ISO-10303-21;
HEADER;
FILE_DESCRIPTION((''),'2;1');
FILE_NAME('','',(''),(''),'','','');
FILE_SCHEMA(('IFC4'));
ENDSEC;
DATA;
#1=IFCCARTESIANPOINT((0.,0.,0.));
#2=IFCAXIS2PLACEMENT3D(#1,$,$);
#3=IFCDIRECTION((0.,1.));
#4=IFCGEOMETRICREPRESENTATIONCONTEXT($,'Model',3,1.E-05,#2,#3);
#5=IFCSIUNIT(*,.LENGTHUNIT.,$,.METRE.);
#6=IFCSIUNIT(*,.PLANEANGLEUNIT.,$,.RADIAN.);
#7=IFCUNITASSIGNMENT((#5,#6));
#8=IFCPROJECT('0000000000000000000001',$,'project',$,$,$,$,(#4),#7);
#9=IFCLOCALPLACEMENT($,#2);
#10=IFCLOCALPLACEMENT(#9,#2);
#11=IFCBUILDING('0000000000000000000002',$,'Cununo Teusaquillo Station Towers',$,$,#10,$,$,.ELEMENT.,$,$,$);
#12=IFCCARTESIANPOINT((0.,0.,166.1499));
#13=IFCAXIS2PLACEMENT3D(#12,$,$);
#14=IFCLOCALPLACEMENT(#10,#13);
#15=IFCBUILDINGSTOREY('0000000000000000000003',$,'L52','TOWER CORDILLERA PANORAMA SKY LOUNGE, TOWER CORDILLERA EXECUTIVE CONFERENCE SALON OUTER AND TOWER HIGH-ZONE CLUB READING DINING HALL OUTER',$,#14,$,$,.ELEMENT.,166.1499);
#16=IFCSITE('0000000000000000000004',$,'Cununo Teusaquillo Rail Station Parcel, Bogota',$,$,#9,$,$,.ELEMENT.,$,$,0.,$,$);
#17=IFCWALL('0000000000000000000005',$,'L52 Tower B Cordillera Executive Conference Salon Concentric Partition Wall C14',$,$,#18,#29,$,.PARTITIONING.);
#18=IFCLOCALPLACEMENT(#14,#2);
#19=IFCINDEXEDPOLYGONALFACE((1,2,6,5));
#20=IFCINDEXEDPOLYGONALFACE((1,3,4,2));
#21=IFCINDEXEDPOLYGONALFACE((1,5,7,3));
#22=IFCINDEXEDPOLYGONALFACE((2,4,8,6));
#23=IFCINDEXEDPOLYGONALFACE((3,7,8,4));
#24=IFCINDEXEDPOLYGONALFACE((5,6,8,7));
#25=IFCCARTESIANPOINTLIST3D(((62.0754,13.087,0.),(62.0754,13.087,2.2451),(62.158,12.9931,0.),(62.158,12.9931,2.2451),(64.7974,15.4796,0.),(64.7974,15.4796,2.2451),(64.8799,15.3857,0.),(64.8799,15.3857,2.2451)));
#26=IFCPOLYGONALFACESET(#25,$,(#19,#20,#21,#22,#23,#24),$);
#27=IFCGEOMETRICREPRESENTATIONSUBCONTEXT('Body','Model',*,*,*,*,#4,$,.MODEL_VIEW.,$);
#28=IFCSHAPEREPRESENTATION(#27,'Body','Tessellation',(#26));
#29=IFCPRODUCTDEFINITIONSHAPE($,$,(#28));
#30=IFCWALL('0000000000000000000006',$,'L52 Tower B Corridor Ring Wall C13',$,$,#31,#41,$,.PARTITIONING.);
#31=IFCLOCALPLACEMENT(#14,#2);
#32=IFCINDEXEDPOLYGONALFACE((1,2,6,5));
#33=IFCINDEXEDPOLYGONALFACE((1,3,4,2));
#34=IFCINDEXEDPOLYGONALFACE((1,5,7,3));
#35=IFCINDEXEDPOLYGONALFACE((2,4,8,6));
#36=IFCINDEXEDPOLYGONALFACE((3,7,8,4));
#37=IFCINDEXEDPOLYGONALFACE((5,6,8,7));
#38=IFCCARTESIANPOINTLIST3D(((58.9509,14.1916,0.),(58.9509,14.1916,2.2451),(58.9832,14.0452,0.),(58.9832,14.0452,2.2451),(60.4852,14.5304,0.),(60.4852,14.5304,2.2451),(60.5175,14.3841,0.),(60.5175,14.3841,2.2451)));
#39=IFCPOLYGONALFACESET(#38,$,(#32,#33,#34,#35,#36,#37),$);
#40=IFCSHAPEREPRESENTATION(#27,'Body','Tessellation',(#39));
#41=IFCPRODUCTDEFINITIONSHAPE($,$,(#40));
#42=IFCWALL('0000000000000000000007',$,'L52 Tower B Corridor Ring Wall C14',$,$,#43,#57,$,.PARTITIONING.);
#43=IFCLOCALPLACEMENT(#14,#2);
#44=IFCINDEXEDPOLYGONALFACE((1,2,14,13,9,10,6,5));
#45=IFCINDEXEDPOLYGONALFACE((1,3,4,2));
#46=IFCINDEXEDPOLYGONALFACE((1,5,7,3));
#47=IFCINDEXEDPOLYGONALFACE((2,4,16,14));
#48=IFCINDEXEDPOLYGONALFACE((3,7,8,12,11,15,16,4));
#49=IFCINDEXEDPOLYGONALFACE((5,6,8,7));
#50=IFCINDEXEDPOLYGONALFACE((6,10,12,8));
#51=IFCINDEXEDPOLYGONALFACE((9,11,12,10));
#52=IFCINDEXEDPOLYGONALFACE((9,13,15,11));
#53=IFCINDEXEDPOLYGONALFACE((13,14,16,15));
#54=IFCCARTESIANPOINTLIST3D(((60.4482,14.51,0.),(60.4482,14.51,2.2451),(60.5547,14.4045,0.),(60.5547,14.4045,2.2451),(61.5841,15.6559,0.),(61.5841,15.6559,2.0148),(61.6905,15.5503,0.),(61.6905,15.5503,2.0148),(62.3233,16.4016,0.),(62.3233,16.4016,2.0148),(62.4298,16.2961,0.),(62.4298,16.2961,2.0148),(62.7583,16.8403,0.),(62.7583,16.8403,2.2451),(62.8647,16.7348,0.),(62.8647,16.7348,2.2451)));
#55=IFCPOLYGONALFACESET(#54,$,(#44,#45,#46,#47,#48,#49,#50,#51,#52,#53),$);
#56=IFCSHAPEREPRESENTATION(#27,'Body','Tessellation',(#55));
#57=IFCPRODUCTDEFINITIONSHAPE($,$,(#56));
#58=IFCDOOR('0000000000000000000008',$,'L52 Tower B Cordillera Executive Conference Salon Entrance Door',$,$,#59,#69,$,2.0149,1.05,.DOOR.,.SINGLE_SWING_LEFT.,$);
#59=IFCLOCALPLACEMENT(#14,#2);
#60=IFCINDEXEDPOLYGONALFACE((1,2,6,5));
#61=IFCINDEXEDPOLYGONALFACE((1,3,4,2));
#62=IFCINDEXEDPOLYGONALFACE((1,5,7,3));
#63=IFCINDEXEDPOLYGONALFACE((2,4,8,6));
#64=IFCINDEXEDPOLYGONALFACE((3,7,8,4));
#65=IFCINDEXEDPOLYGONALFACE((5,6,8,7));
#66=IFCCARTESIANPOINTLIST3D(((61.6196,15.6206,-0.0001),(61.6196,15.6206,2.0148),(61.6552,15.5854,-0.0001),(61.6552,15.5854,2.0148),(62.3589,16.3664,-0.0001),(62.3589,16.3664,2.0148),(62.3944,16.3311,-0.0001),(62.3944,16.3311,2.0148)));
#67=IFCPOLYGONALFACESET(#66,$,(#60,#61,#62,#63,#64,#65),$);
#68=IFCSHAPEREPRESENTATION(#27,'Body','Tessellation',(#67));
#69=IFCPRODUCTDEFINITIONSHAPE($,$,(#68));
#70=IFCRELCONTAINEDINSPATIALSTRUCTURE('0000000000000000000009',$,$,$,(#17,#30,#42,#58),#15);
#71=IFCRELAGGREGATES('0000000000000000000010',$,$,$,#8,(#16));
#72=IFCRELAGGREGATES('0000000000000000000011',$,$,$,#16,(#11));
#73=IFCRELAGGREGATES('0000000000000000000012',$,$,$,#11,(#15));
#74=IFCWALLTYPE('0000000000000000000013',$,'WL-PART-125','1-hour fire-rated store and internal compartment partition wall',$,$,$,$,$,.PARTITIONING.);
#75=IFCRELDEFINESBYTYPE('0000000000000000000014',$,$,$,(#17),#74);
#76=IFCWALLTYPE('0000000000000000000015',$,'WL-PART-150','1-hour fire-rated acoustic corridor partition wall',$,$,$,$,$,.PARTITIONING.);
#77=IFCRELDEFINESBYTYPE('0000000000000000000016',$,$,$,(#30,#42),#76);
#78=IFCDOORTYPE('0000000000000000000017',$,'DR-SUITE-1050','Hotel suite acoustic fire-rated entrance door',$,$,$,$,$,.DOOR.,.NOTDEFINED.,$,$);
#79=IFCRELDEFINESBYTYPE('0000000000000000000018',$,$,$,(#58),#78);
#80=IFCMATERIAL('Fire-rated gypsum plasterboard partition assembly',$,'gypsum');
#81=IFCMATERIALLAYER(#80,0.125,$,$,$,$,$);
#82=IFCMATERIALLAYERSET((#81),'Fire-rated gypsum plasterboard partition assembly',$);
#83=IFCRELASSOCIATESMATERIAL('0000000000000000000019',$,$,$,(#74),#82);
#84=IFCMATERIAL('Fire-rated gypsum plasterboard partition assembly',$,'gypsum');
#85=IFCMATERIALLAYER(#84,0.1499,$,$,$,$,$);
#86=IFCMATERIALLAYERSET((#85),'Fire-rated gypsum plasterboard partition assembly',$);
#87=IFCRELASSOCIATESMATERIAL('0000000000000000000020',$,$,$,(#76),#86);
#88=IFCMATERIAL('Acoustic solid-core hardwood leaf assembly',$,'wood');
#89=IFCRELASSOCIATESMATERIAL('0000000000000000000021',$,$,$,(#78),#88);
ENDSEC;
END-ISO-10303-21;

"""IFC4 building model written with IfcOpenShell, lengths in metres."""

from ifc_helpers import new_model, si_unit, direction, frame, frame_2d, origin, place, context, subcontext, project, spatial, rectangle, extrude, source, transform, mapped, material, layer, layer_set, type_object, element, fill, save


model = new_model("IFC4")

# Units and contexts
model_context = context("Model", 3, precision=1e-05, world=origin(), true_north=direction((0.0, 1.0)))
body_context = subcontext(model_context, "Body", "Model", "MODEL_VIEW")
ifc_project = project(units=[si_unit("LENGTHUNIT", "METRE"), si_unit("PLANEANGLEUNIT", "RADIAN")], contexts=[model_context])

# Site, building, storey
site_placement = place(None, origin())
site = spatial("IfcSite", under=ifc_project, at=site_placement, Name="Cununo Teusaquillo Rail Station Parcel, Bogota", CompositionType="ELEMENT", RefElevation=0.0)
building_placement = place(site_placement, origin())
building = spatial("IfcBuilding", under=site, at=building_placement, Name="Cununo Teusaquillo Station Towers", CompositionType="ELEMENT")
storey_placement = place(building_placement, frame((0.0, 0.0, 166.1499)))
storey = spatial("IfcBuildingStorey", under=building, at=storey_placement, Name="L52", Description="TOWER CORDILLERA PANORAMA SKY LOUNGE, TOWER CORDILLERA EXECUTIVE CONFERENCE SALON OUTER AND TOWER HIGH-ZONE CLUB READING DINING HALL OUTER", CompositionType="ELEMENT", Elevation=166.1499)

# Shared definitions
ifc_material_1 = material(Name="Fire-rated gypsum plasterboard partition assembly", Category="gypsum")
ifc_layer_1 = layer(ifc_material_1, 0.125)
ifc_layer_set_1 = layer_set([ifc_layer_1], Name="Fire-rated gypsum plasterboard partition assembly")
wall_type_1 = type_object("IfcWallType", Name="WL-PART-125", Description="1-hour fire-rated store and internal compartment partition wall", PredefinedType="PARTITIONING", material=ifc_layer_set_1)

# Walls
wall_1_placement = place(storey_placement, frame((62.1167, 13.04, 0.0), z_axis=(0.0, 0.0, 1.0), x_axis=(0.751085, 0.660206, 0.0)))
element("IfcWall", 1, at=wall_1_placement, inside=storey, type_object=wall_type_1, Name="L52 Tower B Cordillera Executive Conference Salon Concentric Partition Wall C14", PredefinedType="PARTITIONING", context=body_context, shape_type="SweptSolid", body=[
    extrude(rectangle(XDim=3.624, YDim=0.125, at=frame_2d((1.812, 0.0))), origin(), (0.0, 0.0, 1.0), 2.2451),
])
ifc_material_2 = material(Name="Fire-rated gypsum plasterboard partition assembly", Category="gypsum")
ifc_layer_2 = layer(ifc_material_2, 0.1499)
ifc_layer_set_2 = layer_set([ifc_layer_2], Name="Fire-rated gypsum plasterboard partition assembly")
wall_type_2 = type_object("IfcWallType", Name="WL-PART-150", Description="1-hour fire-rated acoustic corridor partition wall", PredefinedType="PARTITIONING", material=ifc_layer_set_2)
wall_2_placement = place(storey_placement, frame((58.967, 14.1184, 0.0), z_axis=(0.0, 0.0, 1.0), x_axis=(0.976471, 0.215647, 0.0)))
element("IfcWall", 2, at=wall_2_placement, inside=storey, type_object=wall_type_2, Name="L52 Tower B Corridor Ring Wall C13", PredefinedType="PARTITIONING", context=body_context, shape_type="SweptSolid", body=[
    extrude(rectangle(XDim=1.5713, YDim=0.1499, at=frame_2d((0.7856, 0.0))), origin(), (0.0, 0.0, 1.0), 2.2451),
])

# Wall, opening, door
wall_3_placement = place(storey_placement, frame((60.5015, 14.4573, 0.0), z_axis=(0.0, 0.0, 1.0), x_axis=(0.704012, 0.710188, 0.0)))
wall_3 = element("IfcWall", 3, at=wall_3_placement, inside=storey, type_object=wall_type_2, Name="L52 Tower B Corridor Ring Wall C14", PredefinedType="PARTITIONING", context=body_context, shape_type="SweptSolid", body=[
    extrude(rectangle(XDim=3.2812, YDim=0.1499, at=frame_2d((1.6406, 0.0))), origin(), (0.0, 0.0, 1.0), 2.2451),
])
shared_shape_1 = source(origin(), body_context, "Body", "SweptSolid", [
    extrude(rectangle(XDim=1.05, YDim=2.0149, at=frame_2d((0.5249, 1.0073))), frame((0.0, 0.085, 0.0), z_axis=(0.0, -1.0, 0.0), x_axis=(1.0, 0.0, 0.0)), (0.0, 0.0, 1.0), 0.1699),
])
opening_1_placement = place(wall_3_placement, frame((1.6135, 0.0, 0.0)))
opening_1 = element("IfcOpeningElement", 4, at=opening_1_placement, cuts=wall_3, PredefinedType="OPENING", context=body_context, shape_type="MappedRepresentation", body=[
    mapped(shared_shape_1, transform((0.0, 0.0, 0.0), x_axis=(1.0, 0.0, 0.0), y_axis=(0.0, 1.0, 0.0), z_axis=(0.0, 0.0, 1.0), scale=1.0)),
])
ifc_material_3 = material(Name="Acoustic solid-core hardwood leaf assembly", Category="wood")
door_type_1 = type_object("IfcDoorType", Name="DR-SUITE-1050", Description="Hotel suite acoustic fire-rated entrance door", OperationType="NOTDEFINED", PredefinedType="DOOR", material=ifc_material_3)
shared_shape_2 = source(origin(), body_context, "Body", "SweptSolid", [
    extrude(rectangle(XDim=1.05, YDim=2.0149, at=frame_2d((0.5249, 1.0073))), frame((0.0, 0.0249, 0.0), z_axis=(0.0, -1.0, 0.0), x_axis=(1.0, 0.0, 0.0)), (0.0, 0.0, 1.0), 0.05),
])
door_1_placement = place(opening_1_placement, origin())
door_1 = element("IfcDoor", 5, at=door_1_placement, inside=storey, type_object=door_type_1, Name="L52 Tower B Cordillera Executive Conference Salon Entrance Door", OperationType="SINGLE_SWING_LEFT", OverallHeight=2.0149, OverallWidth=1.05, PredefinedType="DOOR", context=body_context, shape_type="MappedRepresentation", body=[
    mapped(shared_shape_2, transform((0.0, 0.0, 0.0), x_axis=(1.0, 0.0, 0.0), y_axis=(0.0, 1.0, 0.0), z_axis=(0.0, 0.0, 1.0), scale=1.0)),
])
fill(opening_1, door_1)

save(model, "model.ifc")
